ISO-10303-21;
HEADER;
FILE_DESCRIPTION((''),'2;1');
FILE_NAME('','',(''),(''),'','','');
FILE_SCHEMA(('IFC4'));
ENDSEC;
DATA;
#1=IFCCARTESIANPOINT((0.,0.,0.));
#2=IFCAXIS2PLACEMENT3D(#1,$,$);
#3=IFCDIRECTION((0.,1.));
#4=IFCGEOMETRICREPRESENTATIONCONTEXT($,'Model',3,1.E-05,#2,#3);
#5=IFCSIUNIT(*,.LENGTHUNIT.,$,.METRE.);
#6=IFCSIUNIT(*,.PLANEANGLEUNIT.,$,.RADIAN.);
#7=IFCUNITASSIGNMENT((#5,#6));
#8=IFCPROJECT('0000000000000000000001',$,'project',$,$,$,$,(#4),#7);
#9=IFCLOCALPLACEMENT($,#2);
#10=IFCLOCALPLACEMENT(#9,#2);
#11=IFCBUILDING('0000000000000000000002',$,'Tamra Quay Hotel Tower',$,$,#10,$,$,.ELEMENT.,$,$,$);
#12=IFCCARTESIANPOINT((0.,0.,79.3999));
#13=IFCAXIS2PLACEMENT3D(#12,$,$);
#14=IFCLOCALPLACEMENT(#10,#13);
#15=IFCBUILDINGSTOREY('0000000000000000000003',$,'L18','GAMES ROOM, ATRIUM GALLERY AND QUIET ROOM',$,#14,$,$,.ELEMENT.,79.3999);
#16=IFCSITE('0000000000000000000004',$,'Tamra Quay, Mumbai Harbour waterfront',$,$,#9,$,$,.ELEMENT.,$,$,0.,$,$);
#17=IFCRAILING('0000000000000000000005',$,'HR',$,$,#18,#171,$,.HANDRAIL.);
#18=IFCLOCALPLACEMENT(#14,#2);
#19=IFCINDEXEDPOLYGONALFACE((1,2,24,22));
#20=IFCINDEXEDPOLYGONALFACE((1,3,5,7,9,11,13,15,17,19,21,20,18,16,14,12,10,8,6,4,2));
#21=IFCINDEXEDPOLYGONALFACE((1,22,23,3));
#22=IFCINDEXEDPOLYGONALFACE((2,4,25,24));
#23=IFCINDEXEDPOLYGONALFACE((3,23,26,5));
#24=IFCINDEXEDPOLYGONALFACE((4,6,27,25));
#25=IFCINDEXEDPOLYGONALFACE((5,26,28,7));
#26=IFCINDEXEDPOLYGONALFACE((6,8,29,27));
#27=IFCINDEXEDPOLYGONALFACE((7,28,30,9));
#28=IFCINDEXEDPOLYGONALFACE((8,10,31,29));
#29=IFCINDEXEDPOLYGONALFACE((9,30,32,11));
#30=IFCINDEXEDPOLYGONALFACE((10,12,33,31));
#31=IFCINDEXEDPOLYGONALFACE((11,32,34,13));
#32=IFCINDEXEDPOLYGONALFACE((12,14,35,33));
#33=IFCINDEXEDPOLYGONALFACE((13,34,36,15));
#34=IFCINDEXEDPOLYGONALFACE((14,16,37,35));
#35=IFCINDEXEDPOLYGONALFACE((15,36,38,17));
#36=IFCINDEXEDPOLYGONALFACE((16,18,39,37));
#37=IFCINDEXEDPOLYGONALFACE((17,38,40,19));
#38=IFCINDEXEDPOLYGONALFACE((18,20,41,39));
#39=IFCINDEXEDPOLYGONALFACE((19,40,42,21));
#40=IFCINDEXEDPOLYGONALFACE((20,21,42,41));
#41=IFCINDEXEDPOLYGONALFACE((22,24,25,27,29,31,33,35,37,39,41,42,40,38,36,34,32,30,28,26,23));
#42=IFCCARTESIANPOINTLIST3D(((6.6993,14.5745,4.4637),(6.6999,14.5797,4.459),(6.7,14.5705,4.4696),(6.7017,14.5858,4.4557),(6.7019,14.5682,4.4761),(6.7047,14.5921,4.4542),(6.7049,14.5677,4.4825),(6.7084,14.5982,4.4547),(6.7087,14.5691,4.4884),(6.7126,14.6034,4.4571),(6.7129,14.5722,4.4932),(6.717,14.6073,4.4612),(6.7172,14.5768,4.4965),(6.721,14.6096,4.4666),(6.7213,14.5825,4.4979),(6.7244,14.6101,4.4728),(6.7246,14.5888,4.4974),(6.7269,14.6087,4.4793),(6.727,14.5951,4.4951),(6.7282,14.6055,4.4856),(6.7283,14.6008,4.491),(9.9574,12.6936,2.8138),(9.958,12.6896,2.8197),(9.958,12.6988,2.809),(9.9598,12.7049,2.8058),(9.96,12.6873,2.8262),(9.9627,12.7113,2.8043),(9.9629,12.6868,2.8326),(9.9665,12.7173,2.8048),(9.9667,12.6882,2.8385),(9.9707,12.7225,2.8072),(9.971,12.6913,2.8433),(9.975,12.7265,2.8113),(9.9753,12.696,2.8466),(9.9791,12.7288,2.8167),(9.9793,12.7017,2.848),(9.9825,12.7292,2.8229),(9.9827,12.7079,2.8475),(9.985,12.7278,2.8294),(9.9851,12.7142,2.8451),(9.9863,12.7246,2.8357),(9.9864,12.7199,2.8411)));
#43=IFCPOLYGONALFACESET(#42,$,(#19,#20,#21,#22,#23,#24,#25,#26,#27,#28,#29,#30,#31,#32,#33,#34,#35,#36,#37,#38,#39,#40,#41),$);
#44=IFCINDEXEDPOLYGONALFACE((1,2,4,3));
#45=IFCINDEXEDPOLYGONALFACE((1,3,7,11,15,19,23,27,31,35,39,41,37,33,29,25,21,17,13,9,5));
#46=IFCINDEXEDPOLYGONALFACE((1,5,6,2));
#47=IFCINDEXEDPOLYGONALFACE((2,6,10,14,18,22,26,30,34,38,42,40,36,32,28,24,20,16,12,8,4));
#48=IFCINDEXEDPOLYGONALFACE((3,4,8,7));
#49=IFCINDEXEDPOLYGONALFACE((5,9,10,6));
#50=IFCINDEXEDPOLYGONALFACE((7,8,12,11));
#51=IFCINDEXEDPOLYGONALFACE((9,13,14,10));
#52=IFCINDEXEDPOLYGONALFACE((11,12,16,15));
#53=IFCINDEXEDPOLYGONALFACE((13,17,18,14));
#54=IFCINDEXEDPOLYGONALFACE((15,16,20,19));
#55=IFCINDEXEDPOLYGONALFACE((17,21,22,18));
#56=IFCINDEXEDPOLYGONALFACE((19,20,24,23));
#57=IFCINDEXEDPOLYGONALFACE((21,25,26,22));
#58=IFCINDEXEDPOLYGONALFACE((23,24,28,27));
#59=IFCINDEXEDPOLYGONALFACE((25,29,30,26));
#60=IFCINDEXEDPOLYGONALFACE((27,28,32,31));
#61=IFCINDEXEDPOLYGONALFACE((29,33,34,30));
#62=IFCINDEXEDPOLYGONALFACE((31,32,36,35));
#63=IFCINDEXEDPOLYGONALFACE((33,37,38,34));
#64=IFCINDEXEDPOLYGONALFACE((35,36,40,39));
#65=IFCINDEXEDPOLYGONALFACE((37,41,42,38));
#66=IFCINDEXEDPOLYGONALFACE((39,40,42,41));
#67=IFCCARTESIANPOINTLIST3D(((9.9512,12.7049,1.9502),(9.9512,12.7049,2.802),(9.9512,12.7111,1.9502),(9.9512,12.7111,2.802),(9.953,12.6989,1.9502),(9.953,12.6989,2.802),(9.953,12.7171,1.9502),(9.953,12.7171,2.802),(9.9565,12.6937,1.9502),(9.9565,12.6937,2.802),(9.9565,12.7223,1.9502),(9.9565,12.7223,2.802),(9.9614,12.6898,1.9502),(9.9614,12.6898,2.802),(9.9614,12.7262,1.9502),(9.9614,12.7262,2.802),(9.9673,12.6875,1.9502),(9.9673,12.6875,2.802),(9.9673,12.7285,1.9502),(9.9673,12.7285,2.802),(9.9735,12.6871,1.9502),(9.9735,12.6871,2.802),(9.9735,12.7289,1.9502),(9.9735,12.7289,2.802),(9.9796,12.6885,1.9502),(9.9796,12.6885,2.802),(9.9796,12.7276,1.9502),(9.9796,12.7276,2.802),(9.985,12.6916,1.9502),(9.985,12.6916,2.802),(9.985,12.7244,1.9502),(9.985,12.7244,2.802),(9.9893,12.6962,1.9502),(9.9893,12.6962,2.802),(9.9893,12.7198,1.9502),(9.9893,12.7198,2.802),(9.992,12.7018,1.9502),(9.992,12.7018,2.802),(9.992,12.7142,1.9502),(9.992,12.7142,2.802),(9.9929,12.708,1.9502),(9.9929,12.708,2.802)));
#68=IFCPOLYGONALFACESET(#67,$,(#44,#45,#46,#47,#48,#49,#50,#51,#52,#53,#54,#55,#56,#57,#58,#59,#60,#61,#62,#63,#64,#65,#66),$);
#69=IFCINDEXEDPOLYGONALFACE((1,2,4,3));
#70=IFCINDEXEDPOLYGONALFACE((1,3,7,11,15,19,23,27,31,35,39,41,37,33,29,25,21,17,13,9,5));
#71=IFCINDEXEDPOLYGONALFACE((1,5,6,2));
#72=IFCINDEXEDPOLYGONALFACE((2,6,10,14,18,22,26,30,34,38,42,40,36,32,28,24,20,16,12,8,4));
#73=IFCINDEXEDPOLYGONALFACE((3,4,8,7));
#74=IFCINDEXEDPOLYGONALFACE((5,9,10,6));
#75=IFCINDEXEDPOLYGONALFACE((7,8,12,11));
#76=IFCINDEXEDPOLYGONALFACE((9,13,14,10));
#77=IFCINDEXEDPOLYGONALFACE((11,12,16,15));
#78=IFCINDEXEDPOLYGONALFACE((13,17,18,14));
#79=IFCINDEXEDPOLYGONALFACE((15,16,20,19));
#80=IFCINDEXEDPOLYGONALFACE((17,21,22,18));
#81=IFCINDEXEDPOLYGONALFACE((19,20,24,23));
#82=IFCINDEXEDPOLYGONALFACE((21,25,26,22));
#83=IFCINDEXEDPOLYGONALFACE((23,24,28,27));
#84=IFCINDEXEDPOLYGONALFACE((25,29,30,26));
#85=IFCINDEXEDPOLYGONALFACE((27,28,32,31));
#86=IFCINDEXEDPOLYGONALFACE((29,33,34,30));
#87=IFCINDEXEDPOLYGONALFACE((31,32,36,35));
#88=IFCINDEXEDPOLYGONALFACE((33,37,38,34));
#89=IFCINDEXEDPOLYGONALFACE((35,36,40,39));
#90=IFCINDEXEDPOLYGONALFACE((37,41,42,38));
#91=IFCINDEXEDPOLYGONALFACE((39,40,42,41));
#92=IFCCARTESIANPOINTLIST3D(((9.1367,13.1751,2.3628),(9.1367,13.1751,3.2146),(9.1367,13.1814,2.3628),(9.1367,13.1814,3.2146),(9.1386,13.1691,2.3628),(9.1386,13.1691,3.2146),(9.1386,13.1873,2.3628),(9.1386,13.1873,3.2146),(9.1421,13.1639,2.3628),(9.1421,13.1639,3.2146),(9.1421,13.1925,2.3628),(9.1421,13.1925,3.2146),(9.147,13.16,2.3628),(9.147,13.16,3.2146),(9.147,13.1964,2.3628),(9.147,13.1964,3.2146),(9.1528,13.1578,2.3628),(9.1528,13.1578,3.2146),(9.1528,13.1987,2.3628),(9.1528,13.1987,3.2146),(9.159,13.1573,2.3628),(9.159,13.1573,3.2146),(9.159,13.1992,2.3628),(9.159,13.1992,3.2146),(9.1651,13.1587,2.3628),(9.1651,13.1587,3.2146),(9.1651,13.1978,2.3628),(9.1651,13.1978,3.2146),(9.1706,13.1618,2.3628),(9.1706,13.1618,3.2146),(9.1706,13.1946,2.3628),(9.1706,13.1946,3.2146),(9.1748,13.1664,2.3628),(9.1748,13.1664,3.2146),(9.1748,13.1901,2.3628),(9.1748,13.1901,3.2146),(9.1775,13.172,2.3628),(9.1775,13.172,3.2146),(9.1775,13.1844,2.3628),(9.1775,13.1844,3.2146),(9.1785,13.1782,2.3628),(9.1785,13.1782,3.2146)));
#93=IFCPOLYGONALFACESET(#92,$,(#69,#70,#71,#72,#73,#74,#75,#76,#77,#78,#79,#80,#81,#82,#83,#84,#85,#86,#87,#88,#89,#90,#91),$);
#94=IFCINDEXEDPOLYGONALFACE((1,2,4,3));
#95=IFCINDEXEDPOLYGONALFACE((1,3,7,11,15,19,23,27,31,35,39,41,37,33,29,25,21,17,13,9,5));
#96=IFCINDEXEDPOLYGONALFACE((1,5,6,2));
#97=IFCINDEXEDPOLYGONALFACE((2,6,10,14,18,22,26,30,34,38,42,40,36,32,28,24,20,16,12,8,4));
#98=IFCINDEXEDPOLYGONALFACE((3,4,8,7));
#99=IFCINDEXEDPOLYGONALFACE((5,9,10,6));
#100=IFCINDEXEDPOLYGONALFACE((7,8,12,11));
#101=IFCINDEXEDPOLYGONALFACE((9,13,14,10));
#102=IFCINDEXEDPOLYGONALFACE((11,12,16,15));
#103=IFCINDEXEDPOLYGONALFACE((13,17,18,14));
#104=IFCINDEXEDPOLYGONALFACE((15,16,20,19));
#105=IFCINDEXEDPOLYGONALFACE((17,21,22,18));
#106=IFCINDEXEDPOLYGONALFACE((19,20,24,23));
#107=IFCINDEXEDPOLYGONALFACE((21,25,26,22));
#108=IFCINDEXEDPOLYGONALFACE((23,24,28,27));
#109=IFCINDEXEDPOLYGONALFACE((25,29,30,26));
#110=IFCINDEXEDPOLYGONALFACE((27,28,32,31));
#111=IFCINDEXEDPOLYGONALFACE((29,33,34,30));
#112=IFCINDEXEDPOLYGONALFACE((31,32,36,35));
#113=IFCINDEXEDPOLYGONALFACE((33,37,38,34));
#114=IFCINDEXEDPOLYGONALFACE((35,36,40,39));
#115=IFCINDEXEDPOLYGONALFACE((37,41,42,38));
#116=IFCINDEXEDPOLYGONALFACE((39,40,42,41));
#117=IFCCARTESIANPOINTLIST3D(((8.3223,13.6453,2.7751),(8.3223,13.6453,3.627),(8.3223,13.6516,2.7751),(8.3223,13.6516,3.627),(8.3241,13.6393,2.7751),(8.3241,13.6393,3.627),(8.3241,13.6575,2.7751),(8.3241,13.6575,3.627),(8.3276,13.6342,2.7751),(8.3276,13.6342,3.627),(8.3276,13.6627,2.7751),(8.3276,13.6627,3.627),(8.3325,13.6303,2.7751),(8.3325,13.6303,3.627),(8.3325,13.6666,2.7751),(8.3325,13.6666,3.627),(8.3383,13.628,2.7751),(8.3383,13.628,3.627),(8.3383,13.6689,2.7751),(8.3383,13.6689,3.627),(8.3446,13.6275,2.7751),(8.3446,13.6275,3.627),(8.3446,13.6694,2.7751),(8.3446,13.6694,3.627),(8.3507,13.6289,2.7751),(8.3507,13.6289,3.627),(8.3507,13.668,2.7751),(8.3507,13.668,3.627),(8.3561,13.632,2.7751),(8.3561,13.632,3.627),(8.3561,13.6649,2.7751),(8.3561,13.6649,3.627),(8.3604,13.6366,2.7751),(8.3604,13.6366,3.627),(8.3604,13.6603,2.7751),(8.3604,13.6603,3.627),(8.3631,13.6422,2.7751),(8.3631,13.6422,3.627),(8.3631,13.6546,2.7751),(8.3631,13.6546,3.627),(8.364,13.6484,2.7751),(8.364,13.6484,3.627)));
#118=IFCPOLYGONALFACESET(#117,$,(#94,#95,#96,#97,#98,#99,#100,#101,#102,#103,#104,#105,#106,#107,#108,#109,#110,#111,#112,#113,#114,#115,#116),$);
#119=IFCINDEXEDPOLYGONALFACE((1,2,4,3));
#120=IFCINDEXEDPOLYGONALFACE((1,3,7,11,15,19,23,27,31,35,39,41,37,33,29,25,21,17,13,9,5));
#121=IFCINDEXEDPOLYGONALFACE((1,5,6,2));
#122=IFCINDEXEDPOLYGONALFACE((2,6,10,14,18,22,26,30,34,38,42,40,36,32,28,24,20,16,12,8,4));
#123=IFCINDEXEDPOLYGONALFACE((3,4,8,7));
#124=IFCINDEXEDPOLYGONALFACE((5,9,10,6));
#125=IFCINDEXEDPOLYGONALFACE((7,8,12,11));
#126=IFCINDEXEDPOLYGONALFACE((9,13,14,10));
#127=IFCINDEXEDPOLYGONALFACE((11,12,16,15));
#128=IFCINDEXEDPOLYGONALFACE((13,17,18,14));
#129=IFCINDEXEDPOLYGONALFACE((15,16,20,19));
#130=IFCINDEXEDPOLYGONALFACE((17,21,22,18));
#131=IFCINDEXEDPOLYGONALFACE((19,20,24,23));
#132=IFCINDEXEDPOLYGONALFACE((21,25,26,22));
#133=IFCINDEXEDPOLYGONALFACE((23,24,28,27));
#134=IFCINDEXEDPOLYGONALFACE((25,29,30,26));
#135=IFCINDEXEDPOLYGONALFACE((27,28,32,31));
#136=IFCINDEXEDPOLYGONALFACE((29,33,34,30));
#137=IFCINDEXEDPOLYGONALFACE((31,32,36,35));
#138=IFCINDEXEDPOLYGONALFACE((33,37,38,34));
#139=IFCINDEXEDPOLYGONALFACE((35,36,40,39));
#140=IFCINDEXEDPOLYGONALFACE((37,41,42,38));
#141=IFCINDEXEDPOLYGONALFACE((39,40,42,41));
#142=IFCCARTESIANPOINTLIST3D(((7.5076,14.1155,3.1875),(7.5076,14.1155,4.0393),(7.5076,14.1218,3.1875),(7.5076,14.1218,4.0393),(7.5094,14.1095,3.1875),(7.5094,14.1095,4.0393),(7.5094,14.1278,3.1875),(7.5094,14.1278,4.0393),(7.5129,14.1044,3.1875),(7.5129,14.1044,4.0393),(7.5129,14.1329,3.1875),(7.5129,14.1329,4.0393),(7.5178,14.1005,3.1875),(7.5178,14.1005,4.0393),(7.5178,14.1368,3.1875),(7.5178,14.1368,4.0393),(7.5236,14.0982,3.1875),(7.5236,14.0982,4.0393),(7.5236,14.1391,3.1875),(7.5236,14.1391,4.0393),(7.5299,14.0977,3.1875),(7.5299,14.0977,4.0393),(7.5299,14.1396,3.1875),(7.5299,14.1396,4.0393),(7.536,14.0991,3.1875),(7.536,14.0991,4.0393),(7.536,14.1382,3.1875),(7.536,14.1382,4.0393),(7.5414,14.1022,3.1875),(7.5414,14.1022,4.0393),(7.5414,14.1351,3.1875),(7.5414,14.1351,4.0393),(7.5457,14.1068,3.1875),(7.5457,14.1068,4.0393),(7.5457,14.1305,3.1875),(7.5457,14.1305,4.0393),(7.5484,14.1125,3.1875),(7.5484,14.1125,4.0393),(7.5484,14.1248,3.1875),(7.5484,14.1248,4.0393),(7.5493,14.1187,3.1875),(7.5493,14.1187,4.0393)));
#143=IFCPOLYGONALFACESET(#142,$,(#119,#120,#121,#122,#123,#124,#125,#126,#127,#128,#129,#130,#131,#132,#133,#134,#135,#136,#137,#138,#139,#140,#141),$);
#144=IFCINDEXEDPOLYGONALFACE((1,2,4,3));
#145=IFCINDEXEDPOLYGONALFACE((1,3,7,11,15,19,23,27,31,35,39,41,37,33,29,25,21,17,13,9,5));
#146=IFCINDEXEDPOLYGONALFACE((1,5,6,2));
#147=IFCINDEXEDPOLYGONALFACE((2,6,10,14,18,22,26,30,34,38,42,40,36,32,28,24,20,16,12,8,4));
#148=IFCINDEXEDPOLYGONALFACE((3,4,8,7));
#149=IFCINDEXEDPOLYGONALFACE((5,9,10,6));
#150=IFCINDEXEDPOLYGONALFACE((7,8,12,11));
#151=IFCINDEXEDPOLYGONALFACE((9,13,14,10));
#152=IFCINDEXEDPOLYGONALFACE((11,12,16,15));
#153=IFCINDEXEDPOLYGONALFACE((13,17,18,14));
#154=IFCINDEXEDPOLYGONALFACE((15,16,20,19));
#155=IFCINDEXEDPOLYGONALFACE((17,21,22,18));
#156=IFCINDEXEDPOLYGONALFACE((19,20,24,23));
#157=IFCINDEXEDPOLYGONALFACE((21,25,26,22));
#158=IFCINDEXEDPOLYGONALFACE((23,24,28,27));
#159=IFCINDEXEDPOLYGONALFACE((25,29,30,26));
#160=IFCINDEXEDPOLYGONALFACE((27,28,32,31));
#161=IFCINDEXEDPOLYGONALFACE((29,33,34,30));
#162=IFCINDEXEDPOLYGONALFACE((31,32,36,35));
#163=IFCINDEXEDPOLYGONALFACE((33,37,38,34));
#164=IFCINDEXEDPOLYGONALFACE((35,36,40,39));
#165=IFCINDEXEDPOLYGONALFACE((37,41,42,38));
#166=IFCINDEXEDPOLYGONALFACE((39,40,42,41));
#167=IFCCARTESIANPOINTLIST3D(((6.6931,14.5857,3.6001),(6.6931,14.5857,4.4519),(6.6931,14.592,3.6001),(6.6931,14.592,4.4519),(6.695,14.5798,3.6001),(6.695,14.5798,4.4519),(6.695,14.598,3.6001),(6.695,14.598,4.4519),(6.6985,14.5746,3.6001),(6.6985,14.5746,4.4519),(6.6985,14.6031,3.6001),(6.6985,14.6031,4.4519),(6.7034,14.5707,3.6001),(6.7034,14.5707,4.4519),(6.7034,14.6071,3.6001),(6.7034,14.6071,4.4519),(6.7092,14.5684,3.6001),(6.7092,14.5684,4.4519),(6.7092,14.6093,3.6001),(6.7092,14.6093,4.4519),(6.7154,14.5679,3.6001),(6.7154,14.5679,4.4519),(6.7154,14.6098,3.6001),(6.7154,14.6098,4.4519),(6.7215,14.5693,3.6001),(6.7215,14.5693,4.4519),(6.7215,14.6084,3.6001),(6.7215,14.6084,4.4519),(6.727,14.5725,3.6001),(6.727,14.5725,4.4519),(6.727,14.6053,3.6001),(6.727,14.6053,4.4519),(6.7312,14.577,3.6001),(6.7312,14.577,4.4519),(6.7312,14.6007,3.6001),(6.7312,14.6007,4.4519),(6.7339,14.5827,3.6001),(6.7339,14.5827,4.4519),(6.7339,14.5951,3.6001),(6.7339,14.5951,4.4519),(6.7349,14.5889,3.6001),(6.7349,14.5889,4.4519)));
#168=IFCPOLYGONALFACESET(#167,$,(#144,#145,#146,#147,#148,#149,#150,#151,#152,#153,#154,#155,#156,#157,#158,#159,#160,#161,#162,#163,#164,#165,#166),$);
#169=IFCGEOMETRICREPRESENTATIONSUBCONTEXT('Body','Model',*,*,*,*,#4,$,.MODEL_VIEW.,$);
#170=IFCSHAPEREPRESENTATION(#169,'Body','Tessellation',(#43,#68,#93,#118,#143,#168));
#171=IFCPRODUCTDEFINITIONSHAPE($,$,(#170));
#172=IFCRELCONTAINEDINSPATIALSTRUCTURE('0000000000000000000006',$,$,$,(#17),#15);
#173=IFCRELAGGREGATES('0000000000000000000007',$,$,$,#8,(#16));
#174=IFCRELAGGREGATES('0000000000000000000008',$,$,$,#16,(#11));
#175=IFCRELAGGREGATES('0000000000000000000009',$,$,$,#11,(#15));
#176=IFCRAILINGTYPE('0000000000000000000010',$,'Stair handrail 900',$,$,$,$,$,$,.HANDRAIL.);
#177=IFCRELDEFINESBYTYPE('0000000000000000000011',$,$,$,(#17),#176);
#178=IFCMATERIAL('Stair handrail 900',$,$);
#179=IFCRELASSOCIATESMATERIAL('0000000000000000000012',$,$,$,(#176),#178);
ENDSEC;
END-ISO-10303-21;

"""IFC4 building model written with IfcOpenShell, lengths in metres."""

from ifc_helpers import new_model, si_unit, direction, frame, origin, origin_2d, place, context, subcontext, project, spatial, circle, extrude, material, type_object, element, save


model = new_model("IFC4")

# Units and contexts
model_context = context("Model", 3, precision=1e-05, world=origin(), true_north=direction((0.0, 1.0)))
body_context = subcontext(model_context, "Body", "Model", "MODEL_VIEW")
ifc_project = project(units=[si_unit("LENGTHUNIT", "METRE"), si_unit("PLANEANGLEUNIT", "RADIAN")], contexts=[model_context])

# Site, building, storey
site_placement = place(None, origin())
site = spatial("IfcSite", under=ifc_project, at=site_placement, Name="Tamra Quay, Mumbai Harbour waterfront", CompositionType="ELEMENT", RefElevation=0.0)
building_placement = place(site_placement, origin())
building = spatial("IfcBuilding", under=site, at=building_placement, Name="Tamra Quay Hotel Tower", CompositionType="ELEMENT")
storey_placement = place(building_placement, frame((0.0, 0.0, 79.3999)))
storey = spatial("IfcBuildingStorey", under=building, at=storey_placement, Name="L18", Description="GAMES ROOM, ATRIUM GALLERY AND QUIET ROOM", CompositionType="ELEMENT", Elevation=79.3999)

# Railing
ifc_material_1 = material(Name="Stair handrail 900")
railing_type_1 = type_object("IfcRailingType", Name="Stair handrail 900", PredefinedType="HANDRAIL", material=ifc_material_1)
railing_1_placement = place(storey_placement, frame((9.9719, 12.708, 1.9502)))
element("IfcRailing", 1, at=railing_1_placement, inside=storey, type_object=railing_type_1, Name="HR", PredefinedType="HANDRAIL", context=body_context, shape_type="SweptSolid", body=[
    extrude(circle(Radius=0.0239, at=origin_2d()), frame((0.0, 0.0, 0.876), z_axis=(-0.793122, 0.457865, 0.401642), x_axis=(-0.499964, -0.866046, 0.0)), (0.0, 0.0, 1.0), 4.1079),
    extrude(circle(Radius=0.021, at=origin_2d()), origin(), (0.0, 0.0, 1.0), 0.8518),
    extrude(circle(Radius=0.021, at=origin_2d()), frame((-0.8145, 0.4702, 0.4126)), (0.0, 0.0, 1.0), 0.8518),
    extrude(circle(Radius=0.021, at=origin_2d()), frame((-1.6289, 0.9404, 0.825)), (0.0, 0.0, 1.0), 0.8518),
    extrude(circle(Radius=0.021, at=origin_2d()), frame((-2.4436, 1.4106, 1.2373)), (0.0, 0.0, 1.0), 0.8518),
    extrude(circle(Radius=0.021, at=origin_2d()), frame((-3.2581, 1.8809, 1.6499)), (0.0, 0.0, 1.0), 0.8518),
])

save(model, "model.ifc")
